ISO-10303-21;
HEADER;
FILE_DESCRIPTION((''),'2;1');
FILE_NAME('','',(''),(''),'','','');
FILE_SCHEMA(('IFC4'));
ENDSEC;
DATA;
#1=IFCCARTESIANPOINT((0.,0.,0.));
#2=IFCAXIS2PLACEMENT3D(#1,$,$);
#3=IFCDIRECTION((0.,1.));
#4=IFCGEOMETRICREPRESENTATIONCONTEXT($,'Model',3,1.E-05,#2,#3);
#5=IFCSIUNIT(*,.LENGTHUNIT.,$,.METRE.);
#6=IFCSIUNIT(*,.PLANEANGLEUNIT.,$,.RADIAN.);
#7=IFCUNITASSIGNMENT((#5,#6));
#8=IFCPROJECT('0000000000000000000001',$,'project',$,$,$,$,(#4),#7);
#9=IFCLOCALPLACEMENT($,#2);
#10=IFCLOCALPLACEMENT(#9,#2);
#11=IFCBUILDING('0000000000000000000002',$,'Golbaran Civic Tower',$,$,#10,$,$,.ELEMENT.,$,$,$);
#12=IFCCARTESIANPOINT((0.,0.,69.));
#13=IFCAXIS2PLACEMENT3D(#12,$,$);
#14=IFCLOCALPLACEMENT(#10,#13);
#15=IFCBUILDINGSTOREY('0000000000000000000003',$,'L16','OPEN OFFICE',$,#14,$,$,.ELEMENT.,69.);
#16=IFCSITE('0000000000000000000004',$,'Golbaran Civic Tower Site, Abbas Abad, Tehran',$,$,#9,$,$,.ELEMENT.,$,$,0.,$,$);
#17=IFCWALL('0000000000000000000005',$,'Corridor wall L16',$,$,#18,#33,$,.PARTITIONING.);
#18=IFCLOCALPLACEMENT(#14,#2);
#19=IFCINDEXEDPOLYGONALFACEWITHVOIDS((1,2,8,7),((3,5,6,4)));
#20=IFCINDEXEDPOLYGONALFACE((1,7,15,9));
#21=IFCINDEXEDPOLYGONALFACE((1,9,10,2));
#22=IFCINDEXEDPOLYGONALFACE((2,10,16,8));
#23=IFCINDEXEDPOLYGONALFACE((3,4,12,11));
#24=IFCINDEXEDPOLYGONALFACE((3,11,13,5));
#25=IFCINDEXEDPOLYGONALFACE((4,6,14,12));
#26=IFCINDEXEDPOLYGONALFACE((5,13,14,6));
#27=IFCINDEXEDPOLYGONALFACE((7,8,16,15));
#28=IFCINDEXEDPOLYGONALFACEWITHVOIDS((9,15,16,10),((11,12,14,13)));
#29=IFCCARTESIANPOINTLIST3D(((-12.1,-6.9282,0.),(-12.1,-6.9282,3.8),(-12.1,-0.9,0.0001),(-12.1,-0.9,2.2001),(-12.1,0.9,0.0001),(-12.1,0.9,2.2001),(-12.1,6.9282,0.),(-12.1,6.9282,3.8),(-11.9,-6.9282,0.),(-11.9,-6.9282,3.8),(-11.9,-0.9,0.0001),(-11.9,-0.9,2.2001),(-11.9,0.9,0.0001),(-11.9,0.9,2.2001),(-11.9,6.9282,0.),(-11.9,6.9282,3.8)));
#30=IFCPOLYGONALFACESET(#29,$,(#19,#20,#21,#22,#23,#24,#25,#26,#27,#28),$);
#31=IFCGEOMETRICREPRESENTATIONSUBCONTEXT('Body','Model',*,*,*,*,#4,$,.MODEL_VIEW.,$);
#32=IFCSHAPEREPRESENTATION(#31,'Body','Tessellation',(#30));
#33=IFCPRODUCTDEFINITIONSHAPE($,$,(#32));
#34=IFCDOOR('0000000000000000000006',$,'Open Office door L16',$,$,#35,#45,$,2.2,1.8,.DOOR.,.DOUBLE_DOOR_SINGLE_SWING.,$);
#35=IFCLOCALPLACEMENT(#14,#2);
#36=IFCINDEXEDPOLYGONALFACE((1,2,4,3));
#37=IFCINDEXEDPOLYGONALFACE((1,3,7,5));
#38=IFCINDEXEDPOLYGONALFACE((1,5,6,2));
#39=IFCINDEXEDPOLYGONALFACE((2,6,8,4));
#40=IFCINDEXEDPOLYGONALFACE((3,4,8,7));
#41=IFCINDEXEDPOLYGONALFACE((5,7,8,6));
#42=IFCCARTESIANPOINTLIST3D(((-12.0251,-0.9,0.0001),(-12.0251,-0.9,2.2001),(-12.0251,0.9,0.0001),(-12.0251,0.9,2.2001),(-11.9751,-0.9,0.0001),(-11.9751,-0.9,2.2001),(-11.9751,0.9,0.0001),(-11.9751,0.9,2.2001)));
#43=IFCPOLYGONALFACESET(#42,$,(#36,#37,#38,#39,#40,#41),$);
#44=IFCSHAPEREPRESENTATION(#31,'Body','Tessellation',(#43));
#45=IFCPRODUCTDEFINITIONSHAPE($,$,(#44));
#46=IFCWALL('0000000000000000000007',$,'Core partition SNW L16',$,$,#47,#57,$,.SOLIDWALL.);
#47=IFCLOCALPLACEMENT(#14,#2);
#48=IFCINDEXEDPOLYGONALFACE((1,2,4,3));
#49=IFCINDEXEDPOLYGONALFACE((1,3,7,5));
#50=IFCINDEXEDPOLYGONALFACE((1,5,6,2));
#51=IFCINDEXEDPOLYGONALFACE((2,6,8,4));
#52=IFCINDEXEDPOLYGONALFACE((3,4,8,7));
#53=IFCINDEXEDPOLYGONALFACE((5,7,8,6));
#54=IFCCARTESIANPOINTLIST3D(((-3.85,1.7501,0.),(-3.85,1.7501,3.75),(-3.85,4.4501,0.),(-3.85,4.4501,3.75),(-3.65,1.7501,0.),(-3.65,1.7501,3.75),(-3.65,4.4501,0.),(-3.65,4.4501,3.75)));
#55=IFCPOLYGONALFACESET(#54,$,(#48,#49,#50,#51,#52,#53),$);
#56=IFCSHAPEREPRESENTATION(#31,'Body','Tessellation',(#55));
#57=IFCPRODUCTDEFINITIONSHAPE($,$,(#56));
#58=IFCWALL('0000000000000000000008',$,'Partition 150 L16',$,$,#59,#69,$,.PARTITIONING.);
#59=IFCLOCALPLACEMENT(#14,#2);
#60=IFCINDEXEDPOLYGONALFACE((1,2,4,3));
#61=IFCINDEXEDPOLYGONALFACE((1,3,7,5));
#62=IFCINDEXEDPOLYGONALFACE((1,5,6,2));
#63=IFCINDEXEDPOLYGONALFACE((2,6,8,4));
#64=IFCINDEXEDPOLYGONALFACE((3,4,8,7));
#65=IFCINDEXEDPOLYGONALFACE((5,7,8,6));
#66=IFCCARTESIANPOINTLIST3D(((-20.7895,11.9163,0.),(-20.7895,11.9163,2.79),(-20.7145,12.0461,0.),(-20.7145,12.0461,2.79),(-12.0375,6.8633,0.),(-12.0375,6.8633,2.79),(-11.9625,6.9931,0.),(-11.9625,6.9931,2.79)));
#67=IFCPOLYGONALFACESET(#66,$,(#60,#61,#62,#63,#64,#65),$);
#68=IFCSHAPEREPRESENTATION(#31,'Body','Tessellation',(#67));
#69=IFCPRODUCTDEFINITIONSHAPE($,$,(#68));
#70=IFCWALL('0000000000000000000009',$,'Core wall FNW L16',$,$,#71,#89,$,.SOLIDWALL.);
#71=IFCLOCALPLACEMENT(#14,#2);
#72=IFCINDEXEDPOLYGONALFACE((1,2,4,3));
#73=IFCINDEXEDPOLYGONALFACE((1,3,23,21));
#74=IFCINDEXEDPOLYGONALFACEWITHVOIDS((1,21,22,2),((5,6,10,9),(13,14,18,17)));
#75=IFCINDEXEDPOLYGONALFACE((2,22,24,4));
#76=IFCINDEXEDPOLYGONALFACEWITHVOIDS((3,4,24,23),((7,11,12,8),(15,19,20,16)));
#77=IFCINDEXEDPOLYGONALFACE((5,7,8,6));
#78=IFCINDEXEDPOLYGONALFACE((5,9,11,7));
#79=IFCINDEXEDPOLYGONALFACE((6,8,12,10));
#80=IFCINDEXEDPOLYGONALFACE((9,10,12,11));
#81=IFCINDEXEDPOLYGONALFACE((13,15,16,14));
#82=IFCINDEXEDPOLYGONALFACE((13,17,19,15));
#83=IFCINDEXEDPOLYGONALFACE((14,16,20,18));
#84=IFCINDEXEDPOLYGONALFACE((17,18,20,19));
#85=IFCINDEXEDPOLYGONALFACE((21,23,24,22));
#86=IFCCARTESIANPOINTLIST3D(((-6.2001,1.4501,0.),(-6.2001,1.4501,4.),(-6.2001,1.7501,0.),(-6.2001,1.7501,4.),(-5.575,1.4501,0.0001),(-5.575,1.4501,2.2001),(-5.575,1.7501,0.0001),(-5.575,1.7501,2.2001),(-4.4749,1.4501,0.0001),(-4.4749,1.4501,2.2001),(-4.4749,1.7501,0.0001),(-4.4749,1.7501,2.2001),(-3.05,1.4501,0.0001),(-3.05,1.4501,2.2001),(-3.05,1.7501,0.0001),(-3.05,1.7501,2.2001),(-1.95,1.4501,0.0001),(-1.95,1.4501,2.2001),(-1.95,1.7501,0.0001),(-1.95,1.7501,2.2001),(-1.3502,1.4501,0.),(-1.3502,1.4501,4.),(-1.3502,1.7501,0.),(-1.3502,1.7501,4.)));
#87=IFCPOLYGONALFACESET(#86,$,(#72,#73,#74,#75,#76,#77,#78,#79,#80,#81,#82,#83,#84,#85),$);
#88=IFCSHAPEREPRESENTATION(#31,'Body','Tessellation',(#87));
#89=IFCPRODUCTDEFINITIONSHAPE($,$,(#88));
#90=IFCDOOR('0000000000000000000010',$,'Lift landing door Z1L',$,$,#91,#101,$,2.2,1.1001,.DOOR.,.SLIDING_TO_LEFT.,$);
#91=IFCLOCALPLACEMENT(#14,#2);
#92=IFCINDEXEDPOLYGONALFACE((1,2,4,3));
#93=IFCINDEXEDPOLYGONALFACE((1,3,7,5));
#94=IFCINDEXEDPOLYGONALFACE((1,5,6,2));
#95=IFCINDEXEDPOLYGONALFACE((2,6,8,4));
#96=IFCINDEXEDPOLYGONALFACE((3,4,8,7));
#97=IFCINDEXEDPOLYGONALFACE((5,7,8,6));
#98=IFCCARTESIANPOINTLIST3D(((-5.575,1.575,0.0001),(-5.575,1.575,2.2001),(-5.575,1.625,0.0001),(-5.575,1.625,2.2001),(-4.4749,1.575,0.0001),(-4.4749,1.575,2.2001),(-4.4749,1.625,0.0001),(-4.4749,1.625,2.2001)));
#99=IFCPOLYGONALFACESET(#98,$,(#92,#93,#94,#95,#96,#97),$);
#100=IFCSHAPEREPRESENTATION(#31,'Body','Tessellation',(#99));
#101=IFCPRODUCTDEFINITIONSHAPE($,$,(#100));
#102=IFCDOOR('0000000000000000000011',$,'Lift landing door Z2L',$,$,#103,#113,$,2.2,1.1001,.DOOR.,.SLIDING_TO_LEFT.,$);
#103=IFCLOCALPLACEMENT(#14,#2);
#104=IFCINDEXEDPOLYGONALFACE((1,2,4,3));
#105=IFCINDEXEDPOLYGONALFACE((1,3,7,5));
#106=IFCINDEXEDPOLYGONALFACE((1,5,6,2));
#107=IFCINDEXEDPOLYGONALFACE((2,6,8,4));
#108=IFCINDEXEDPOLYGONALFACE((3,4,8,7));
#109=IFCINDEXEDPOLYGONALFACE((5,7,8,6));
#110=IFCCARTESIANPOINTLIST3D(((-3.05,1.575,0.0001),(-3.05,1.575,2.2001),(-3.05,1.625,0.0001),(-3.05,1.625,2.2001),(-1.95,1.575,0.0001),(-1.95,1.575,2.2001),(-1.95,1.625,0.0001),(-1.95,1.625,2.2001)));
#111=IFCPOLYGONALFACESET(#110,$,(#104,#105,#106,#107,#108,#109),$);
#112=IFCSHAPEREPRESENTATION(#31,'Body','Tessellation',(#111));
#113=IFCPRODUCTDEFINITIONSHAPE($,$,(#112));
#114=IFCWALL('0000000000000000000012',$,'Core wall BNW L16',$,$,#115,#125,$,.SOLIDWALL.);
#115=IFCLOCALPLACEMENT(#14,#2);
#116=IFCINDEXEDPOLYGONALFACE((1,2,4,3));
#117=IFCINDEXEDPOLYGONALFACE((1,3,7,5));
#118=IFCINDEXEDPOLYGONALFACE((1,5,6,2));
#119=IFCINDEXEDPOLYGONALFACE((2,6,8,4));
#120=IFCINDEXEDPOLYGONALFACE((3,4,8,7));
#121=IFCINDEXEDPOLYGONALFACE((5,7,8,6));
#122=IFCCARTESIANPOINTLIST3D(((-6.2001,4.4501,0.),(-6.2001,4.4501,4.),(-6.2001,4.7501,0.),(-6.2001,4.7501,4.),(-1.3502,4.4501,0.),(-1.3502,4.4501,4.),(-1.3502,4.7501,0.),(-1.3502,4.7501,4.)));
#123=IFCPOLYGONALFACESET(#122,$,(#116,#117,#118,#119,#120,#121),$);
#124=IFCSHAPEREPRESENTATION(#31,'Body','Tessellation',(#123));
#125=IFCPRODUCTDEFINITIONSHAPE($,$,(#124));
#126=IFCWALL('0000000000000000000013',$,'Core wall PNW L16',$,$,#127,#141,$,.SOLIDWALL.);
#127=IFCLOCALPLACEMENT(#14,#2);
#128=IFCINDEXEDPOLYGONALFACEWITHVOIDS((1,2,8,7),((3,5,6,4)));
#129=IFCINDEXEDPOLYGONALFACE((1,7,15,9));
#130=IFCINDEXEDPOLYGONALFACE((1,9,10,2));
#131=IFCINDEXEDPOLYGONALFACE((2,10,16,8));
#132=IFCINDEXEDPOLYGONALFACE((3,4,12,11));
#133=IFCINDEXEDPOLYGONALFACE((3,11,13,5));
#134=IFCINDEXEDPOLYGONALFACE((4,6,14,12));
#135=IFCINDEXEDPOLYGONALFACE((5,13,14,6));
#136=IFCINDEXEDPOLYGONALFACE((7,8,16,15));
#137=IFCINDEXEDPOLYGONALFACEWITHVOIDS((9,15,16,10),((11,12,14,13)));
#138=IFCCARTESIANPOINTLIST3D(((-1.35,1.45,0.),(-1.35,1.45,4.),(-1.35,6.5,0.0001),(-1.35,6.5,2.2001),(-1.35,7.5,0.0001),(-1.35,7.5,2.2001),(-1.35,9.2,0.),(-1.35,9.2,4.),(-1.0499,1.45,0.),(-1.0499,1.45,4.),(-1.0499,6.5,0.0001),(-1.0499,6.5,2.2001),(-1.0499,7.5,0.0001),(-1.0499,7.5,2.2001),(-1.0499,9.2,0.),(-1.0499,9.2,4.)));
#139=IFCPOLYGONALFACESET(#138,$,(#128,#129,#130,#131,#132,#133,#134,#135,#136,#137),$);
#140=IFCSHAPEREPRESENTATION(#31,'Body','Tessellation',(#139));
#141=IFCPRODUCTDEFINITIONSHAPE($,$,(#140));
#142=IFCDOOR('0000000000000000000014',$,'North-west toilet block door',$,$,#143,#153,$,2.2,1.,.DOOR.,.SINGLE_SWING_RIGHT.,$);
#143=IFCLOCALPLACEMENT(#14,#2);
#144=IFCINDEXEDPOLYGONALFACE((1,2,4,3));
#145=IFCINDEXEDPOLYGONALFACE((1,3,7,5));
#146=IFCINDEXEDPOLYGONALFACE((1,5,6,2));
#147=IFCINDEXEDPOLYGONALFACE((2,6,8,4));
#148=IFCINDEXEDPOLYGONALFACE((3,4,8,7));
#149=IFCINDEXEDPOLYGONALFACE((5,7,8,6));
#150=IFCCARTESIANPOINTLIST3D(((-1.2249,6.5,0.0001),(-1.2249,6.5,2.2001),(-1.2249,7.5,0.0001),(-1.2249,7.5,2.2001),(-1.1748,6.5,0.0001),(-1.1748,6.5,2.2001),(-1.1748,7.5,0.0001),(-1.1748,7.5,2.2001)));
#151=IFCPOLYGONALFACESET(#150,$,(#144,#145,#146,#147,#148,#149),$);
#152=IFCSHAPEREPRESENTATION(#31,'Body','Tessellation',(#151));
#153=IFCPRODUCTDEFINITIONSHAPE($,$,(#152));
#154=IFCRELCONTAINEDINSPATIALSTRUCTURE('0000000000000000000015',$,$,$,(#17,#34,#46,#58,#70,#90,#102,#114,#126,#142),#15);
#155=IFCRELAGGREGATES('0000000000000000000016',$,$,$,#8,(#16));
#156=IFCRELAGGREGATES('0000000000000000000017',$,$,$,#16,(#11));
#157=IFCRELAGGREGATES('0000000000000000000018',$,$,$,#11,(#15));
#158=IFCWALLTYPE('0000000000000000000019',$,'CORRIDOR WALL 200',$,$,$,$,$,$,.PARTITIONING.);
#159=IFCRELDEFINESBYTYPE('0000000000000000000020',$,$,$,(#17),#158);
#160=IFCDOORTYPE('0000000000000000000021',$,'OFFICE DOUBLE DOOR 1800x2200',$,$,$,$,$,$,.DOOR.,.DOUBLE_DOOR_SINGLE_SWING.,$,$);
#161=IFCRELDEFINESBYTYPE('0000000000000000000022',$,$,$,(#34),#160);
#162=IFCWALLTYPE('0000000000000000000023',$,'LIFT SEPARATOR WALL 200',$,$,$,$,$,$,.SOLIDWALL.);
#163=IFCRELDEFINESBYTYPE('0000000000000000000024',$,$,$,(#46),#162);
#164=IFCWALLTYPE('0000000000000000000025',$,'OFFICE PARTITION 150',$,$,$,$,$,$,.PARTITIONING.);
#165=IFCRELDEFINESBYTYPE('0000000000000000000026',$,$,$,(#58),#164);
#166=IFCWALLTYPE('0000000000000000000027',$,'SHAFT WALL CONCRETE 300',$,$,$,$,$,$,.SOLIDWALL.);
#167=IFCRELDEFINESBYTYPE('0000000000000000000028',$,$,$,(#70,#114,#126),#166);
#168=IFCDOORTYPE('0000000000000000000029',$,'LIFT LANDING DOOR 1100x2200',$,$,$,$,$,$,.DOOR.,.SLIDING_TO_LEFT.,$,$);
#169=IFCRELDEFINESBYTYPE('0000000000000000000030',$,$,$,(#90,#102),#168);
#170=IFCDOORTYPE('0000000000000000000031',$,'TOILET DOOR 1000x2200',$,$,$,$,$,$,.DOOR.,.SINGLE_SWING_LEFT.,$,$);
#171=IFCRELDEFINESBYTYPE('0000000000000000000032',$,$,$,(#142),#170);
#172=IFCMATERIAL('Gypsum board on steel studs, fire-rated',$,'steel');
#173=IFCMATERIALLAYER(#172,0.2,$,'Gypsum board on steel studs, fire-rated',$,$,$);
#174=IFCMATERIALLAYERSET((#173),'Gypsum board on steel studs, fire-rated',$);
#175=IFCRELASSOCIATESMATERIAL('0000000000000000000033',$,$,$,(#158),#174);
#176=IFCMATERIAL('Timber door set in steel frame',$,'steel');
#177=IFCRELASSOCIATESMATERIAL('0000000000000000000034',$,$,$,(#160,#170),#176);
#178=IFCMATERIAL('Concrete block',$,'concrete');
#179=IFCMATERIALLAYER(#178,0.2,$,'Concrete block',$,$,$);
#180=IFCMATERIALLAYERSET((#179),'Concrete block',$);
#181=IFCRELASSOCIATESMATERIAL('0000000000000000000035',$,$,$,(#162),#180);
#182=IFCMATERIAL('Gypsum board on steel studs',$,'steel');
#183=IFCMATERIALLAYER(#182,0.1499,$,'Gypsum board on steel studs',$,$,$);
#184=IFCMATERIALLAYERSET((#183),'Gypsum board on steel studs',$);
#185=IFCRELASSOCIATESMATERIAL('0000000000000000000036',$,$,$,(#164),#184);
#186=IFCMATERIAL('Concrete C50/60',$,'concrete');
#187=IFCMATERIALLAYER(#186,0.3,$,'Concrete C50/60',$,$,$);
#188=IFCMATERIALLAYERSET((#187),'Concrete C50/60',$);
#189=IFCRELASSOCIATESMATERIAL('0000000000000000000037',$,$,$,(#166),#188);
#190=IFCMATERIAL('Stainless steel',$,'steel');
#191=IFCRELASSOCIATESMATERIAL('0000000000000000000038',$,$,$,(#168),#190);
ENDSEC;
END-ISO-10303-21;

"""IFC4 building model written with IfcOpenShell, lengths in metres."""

from ifc_helpers import new_model, si_unit, direction, frame, frame_2d, origin, place, context, subcontext, project, spatial, rectangle, extrude, material, layer, layer_set, type_object, element, fill, save


model = new_model("IFC4")

# Units and contexts
model_context = context("Model", 3, precision=1e-05, world=origin(), true_north=direction((0.0, 1.0)))
body_context = subcontext(model_context, "Body", "Model", "MODEL_VIEW")
ifc_project = project(units=[si_unit("LENGTHUNIT", "METRE"), si_unit("PLANEANGLEUNIT", "RADIAN")], contexts=[model_context])

# Site, building, storey
site_placement = place(None, origin())
site = spatial("IfcSite", under=ifc_project, at=site_placement, Name="Golbaran Civic Tower Site, Abbas Abad, Tehran", CompositionType="ELEMENT", RefElevation=0.0)
building_placement = place(site_placement, origin())
building = spatial("IfcBuilding", under=site, at=building_placement, Name="Golbaran Civic Tower", CompositionType="ELEMENT")
storey_placement = place(building_placement, frame((0.0, 0.0, 69.0)))
storey = spatial("IfcBuildingStorey", under=building, at=storey_placement, Name="L16", Description="OPEN OFFICE", CompositionType="ELEMENT", Elevation=69.0)

# Shared definitions
ifc_material_1 = material(Name="Concrete C50/60", Category="concrete")
ifc_material_2 = material(Name="Timber door set in steel frame", Category="steel")

# Wall, opening, door
ifc_material_3 = material(Name="Gypsum board on steel studs, fire-rated", Category="steel")
ifc_layer_1 = layer(ifc_material_3, 0.2, Name="Gypsum board on steel studs, fire-rated")
ifc_layer_set_1 = layer_set([ifc_layer_1], Name="Gypsum board on steel studs, fire-rated")
wall_type_1 = type_object("IfcWallType", Name="CORRIDOR WALL 200", PredefinedType="PARTITIONING", material=ifc_layer_set_1)
wall_1_placement = place(storey_placement, frame((-12.0, 6.9282, 0.0), z_axis=(0.0, 0.0, 1.0), x_axis=(0.0, -1.0, 0.0)))
wall_1 = element("IfcWall", 1, at=wall_1_placement, inside=storey, type_object=wall_type_1, Name="Corridor wall L16", PredefinedType="PARTITIONING", context=body_context, shape_type="SweptSolid", body=[
    extrude(rectangle(XDim=13.8564, YDim=0.2, at=frame_2d((6.9282, 0.0))), origin(), (0.0, 0.0, 1.0), 3.8),
])
opening_1_placement = place(wall_1_placement, frame((6.0283, 0.0, 0.0)))
opening_1 = element("IfcOpeningElement", 2, at=opening_1_placement, cuts=wall_1, PredefinedType="OPENING", context=body_context, shape_type="SweptSolid", body=[
    extrude(rectangle(XDim=1.8, YDim=2.2, at=frame_2d((0.8999, 1.1001))), frame((0.0, 0.1099, 0.0), z_axis=(0.0, -1.0, 0.0), x_axis=(1.0, 0.0, 0.0)), (0.0, 0.0, 1.0), 0.22),
])
door_type_1 = type_object("IfcDoorType", Name="OFFICE DOUBLE DOOR 1800x2200", OperationType="DOUBLE_DOOR_SINGLE_SWING", PredefinedType="DOOR", material=ifc_material_2)
door_1_placement = place(opening_1_placement, origin())
door_1 = element("IfcDoor", 3, at=door_1_placement, inside=storey, type_object=door_type_1, Name="Open Office door L16", OperationType="DOUBLE_DOOR_SINGLE_SWING", OverallHeight=2.2, OverallWidth=1.8, PredefinedType="DOOR", context=body_context, shape_type="SweptSolid", body=[
    extrude(rectangle(XDim=1.8, YDim=2.2, at=frame_2d((0.8999, 1.1001))), frame((0.0, 0.0249, 0.0), z_axis=(0.0, -1.0, 0.0), x_axis=(1.0, 0.0, 0.0)), (0.0, 0.0, 1.0), 0.05),
])
fill(opening_1, door_1)

# Walls
ifc_material_4 = material(Name="Concrete block", Category="concrete")
ifc_layer_2 = layer(ifc_material_4, 0.2, Name="Concrete block")
ifc_layer_set_2 = layer_set([ifc_layer_2], Name="Concrete block")
wall_type_2 = type_object("IfcWallType", Name="LIFT SEPARATOR WALL 200", PredefinedType="SOLIDWALL", material=ifc_layer_set_2)
wall_2_placement = place(storey_placement, frame((-3.75, 1.75, 0.0), z_axis=(0.0, 0.0, 1.0), x_axis=(0.0, 1.0, 0.0)))
element("IfcWall", 4, at=wall_2_placement, inside=storey, type_object=wall_type_2, Name="Core partition SNW L16", PredefinedType="SOLIDWALL", context=body_context, shape_type="SweptSolid", body=[
    extrude(rectangle(XDim=2.7, YDim=0.2, at=frame_2d((1.3501, 0.0))), origin(), (0.0, 0.0, 1.0), 3.75),
])
ifc_material_5 = material(Name="Gypsum board on steel studs", Category="steel")
ifc_layer_3 = layer(ifc_material_5, 0.1499, Name="Gypsum board on steel studs")
ifc_layer_set_3 = layer_set([ifc_layer_3], Name="Gypsum board on steel studs")
wall_type_3 = type_object("IfcWallType", Name="OFFICE PARTITION 150", PredefinedType="PARTITIONING", material=ifc_layer_set_3)
wall_3_placement = place(storey_placement, frame((-12.0, 6.9282, 0.0), z_axis=(0.0, 0.0, 1.0), x_axis=(-0.866024, 0.500003, 0.0)))
element("IfcWall", 5, at=wall_3_placement, inside=storey, type_object=wall_type_3, Name="Partition 150 L16", PredefinedType="PARTITIONING", context=body_context, shape_type="SweptSolid", body=[
    extrude(rectangle(XDim=10.106, YDim=0.1499, at=frame_2d((5.053, 0.0))), origin(), (0.0, 0.0, 1.0), 2.79),
])

# Wall, openings, doors
ifc_layer_4 = layer(ifc_material_1, 0.3, Name="Concrete C50/60")
ifc_layer_set_4 = layer_set([ifc_layer_4], Name="Concrete C50/60")
wall_type_4 = type_object("IfcWallType", Name="SHAFT WALL CONCRETE 300", PredefinedType="SOLIDWALL", material=ifc_layer_set_4)
wall_4_placement = place(storey_placement, frame((-6.2, 1.6001, 0.0), z_axis=(0.0, 0.0, 1.0), x_axis=(1.0, 0.0, 0.0)))
wall_4 = element("IfcWall", 6, at=wall_4_placement, inside=storey, type_object=wall_type_4, Name="Core wall FNW L16", PredefinedType="SOLIDWALL", context=body_context, shape_type="SweptSolid", body=[
    extrude(rectangle(XDim=4.8499, YDim=0.3, at=frame_2d((2.4248, 0.0))), origin(), (0.0, 0.0, 1.0), 4.0),
])
opening_2_placement = place(wall_4_placement, frame((0.625, 0.0, 0.0)))
opening_2 = element("IfcOpeningElement", 7, at=opening_2_placement, cuts=wall_4, PredefinedType="OPENING", context=body_context, shape_type="SweptSolid", body=[
    extrude(rectangle(XDim=1.1001, YDim=2.2, at=frame_2d((0.55, 1.1001))), frame((0.0, 0.1599, 0.0), z_axis=(0.0, -1.0, 0.0), x_axis=(1.0, 0.0, 0.0)), (0.0, 0.0, 1.0), 0.3201),
])
opening_3_placement = place(wall_4_placement, frame((3.1499, 0.0, 0.0)))
opening_3 = element("IfcOpeningElement", 8, at=opening_3_placement, cuts=wall_4, PredefinedType="OPENING", context=body_context, shape_type="SweptSolid", body=[
    extrude(rectangle(XDim=1.1001, YDim=2.2, at=frame_2d((0.55, 1.1001))), frame((0.0, 0.1599, 0.0), z_axis=(0.0, -1.0, 0.0), x_axis=(1.0, 0.0, 0.0)), (0.0, 0.0, 1.0), 0.3201),
])
ifc_material_6 = material(Name="Stainless steel", Category="steel")
door_type_2 = type_object("IfcDoorType", Name="LIFT LANDING DOOR 1100x2200", OperationType="SLIDING_TO_LEFT", PredefinedType="DOOR", material=ifc_material_6)
door_2_placement = place(opening_2_placement, origin())
door_2 = element("IfcDoor", 9, at=door_2_placement, inside=storey, type_object=door_type_2, Name="Lift landing door Z1L", OperationType="SLIDING_TO_LEFT", OverallHeight=2.2, OverallWidth=1.1001, PredefinedType="DOOR", context=body_context, shape_type="SweptSolid", body=[
    extrude(rectangle(XDim=1.1001, YDim=2.2, at=frame_2d((0.55, 1.1001))), frame((0.0, 0.0249, 0.0), z_axis=(0.0, -1.0, 0.0), x_axis=(1.0, 0.0, 0.0)), (0.0, 0.0, 1.0), 0.05),
])
fill(opening_2, door_2)
door_3_placement = place(opening_3_placement, origin())
door_3 = element("IfcDoor", 10, at=door_3_placement, inside=storey, type_object=door_type_2, Name="Lift landing door Z2L", OperationType="SLIDING_TO_LEFT", OverallHeight=2.2, OverallWidth=1.1001, PredefinedType="DOOR", context=body_context, shape_type="SweptSolid", body=[
    extrude(rectangle(XDim=1.1001, YDim=2.2, at=frame_2d((0.55, 1.1001))), frame((0.0, 0.0249, 0.0), z_axis=(0.0, -1.0, 0.0), x_axis=(1.0, 0.0, 0.0)), (0.0, 0.0, 1.0), 0.05),
])
fill(opening_3, door_3)

# Wall
wall_5_placement = place(storey_placement, frame((-6.2, 4.6001, 0.0), z_axis=(0.0, 0.0, 1.0), x_axis=(1.0, 0.0, 0.0)))
element("IfcWall", 11, at=wall_5_placement, inside=storey, type_object=wall_type_4, Name="Core wall BNW L16", PredefinedType="SOLIDWALL", context=body_context, shape_type="SweptSolid", body=[
    extrude(rectangle(XDim=4.8499, YDim=0.3, at=frame_2d((2.4248, 0.0))), origin(), (0.0, 0.0, 1.0), 4.0),
])

# Wall, opening, door
wall_6_placement = place(storey_placement, frame((-1.2, 1.45, 0.0), z_axis=(0.0, 0.0, 1.0), x_axis=(0.0, 1.0, 0.0)))
wall_6 = element("IfcWall", 12, at=wall_6_placement, inside=storey, type_object=wall_type_4, Name="Core wall PNW L16", PredefinedType="SOLIDWALL", context=body_context, shape_type="SweptSolid", body=[
    extrude(rectangle(XDim=7.75, YDim=0.3, at=frame_2d((3.875, 0.0))), origin(), (0.0, 0.0, 1.0), 4.0),
])
opening_4_placement = place(wall_6_placement, frame((5.05, 0.0, 0.0)))
opening_4 = element("IfcOpeningElement", 13, at=opening_4_placement, cuts=wall_6, PredefinedType="OPENING", context=body_context, shape_type="SweptSolid", body=[
    extrude(rectangle(XDim=1.0, YDim=2.2, at=frame_2d((0.5, 1.1001))), frame((0.0, 0.1599, 0.0), z_axis=(0.0, -1.0, 0.0), x_axis=(1.0, 0.0, 0.0)), (0.0, 0.0, 1.0), 0.3201),
])
door_type_3 = type_object("IfcDoorType", Name="TOILET DOOR 1000x2200", OperationType="SINGLE_SWING_LEFT", PredefinedType="DOOR", material=ifc_material_2)
door_4_placement = place(opening_4_placement, origin())
door_4 = element("IfcDoor", 14, at=door_4_placement, inside=storey, type_object=door_type_3, Name="North-west toilet block door", OperationType="SINGLE_SWING_RIGHT", OverallHeight=2.2, OverallWidth=1.0, PredefinedType="DOOR", context=body_context, shape_type="SweptSolid", body=[
    extrude(rectangle(XDim=1.0, YDim=2.2, at=frame_2d((0.5, 1.1001))), frame((0.0, 0.0249, 0.0), z_axis=(0.0, -1.0, 0.0), x_axis=(1.0, 0.0, 0.0)), (0.0, 0.0, 1.0), 0.05),
])
fill(opening_4, door_4)

save(model, "model.ifc")
